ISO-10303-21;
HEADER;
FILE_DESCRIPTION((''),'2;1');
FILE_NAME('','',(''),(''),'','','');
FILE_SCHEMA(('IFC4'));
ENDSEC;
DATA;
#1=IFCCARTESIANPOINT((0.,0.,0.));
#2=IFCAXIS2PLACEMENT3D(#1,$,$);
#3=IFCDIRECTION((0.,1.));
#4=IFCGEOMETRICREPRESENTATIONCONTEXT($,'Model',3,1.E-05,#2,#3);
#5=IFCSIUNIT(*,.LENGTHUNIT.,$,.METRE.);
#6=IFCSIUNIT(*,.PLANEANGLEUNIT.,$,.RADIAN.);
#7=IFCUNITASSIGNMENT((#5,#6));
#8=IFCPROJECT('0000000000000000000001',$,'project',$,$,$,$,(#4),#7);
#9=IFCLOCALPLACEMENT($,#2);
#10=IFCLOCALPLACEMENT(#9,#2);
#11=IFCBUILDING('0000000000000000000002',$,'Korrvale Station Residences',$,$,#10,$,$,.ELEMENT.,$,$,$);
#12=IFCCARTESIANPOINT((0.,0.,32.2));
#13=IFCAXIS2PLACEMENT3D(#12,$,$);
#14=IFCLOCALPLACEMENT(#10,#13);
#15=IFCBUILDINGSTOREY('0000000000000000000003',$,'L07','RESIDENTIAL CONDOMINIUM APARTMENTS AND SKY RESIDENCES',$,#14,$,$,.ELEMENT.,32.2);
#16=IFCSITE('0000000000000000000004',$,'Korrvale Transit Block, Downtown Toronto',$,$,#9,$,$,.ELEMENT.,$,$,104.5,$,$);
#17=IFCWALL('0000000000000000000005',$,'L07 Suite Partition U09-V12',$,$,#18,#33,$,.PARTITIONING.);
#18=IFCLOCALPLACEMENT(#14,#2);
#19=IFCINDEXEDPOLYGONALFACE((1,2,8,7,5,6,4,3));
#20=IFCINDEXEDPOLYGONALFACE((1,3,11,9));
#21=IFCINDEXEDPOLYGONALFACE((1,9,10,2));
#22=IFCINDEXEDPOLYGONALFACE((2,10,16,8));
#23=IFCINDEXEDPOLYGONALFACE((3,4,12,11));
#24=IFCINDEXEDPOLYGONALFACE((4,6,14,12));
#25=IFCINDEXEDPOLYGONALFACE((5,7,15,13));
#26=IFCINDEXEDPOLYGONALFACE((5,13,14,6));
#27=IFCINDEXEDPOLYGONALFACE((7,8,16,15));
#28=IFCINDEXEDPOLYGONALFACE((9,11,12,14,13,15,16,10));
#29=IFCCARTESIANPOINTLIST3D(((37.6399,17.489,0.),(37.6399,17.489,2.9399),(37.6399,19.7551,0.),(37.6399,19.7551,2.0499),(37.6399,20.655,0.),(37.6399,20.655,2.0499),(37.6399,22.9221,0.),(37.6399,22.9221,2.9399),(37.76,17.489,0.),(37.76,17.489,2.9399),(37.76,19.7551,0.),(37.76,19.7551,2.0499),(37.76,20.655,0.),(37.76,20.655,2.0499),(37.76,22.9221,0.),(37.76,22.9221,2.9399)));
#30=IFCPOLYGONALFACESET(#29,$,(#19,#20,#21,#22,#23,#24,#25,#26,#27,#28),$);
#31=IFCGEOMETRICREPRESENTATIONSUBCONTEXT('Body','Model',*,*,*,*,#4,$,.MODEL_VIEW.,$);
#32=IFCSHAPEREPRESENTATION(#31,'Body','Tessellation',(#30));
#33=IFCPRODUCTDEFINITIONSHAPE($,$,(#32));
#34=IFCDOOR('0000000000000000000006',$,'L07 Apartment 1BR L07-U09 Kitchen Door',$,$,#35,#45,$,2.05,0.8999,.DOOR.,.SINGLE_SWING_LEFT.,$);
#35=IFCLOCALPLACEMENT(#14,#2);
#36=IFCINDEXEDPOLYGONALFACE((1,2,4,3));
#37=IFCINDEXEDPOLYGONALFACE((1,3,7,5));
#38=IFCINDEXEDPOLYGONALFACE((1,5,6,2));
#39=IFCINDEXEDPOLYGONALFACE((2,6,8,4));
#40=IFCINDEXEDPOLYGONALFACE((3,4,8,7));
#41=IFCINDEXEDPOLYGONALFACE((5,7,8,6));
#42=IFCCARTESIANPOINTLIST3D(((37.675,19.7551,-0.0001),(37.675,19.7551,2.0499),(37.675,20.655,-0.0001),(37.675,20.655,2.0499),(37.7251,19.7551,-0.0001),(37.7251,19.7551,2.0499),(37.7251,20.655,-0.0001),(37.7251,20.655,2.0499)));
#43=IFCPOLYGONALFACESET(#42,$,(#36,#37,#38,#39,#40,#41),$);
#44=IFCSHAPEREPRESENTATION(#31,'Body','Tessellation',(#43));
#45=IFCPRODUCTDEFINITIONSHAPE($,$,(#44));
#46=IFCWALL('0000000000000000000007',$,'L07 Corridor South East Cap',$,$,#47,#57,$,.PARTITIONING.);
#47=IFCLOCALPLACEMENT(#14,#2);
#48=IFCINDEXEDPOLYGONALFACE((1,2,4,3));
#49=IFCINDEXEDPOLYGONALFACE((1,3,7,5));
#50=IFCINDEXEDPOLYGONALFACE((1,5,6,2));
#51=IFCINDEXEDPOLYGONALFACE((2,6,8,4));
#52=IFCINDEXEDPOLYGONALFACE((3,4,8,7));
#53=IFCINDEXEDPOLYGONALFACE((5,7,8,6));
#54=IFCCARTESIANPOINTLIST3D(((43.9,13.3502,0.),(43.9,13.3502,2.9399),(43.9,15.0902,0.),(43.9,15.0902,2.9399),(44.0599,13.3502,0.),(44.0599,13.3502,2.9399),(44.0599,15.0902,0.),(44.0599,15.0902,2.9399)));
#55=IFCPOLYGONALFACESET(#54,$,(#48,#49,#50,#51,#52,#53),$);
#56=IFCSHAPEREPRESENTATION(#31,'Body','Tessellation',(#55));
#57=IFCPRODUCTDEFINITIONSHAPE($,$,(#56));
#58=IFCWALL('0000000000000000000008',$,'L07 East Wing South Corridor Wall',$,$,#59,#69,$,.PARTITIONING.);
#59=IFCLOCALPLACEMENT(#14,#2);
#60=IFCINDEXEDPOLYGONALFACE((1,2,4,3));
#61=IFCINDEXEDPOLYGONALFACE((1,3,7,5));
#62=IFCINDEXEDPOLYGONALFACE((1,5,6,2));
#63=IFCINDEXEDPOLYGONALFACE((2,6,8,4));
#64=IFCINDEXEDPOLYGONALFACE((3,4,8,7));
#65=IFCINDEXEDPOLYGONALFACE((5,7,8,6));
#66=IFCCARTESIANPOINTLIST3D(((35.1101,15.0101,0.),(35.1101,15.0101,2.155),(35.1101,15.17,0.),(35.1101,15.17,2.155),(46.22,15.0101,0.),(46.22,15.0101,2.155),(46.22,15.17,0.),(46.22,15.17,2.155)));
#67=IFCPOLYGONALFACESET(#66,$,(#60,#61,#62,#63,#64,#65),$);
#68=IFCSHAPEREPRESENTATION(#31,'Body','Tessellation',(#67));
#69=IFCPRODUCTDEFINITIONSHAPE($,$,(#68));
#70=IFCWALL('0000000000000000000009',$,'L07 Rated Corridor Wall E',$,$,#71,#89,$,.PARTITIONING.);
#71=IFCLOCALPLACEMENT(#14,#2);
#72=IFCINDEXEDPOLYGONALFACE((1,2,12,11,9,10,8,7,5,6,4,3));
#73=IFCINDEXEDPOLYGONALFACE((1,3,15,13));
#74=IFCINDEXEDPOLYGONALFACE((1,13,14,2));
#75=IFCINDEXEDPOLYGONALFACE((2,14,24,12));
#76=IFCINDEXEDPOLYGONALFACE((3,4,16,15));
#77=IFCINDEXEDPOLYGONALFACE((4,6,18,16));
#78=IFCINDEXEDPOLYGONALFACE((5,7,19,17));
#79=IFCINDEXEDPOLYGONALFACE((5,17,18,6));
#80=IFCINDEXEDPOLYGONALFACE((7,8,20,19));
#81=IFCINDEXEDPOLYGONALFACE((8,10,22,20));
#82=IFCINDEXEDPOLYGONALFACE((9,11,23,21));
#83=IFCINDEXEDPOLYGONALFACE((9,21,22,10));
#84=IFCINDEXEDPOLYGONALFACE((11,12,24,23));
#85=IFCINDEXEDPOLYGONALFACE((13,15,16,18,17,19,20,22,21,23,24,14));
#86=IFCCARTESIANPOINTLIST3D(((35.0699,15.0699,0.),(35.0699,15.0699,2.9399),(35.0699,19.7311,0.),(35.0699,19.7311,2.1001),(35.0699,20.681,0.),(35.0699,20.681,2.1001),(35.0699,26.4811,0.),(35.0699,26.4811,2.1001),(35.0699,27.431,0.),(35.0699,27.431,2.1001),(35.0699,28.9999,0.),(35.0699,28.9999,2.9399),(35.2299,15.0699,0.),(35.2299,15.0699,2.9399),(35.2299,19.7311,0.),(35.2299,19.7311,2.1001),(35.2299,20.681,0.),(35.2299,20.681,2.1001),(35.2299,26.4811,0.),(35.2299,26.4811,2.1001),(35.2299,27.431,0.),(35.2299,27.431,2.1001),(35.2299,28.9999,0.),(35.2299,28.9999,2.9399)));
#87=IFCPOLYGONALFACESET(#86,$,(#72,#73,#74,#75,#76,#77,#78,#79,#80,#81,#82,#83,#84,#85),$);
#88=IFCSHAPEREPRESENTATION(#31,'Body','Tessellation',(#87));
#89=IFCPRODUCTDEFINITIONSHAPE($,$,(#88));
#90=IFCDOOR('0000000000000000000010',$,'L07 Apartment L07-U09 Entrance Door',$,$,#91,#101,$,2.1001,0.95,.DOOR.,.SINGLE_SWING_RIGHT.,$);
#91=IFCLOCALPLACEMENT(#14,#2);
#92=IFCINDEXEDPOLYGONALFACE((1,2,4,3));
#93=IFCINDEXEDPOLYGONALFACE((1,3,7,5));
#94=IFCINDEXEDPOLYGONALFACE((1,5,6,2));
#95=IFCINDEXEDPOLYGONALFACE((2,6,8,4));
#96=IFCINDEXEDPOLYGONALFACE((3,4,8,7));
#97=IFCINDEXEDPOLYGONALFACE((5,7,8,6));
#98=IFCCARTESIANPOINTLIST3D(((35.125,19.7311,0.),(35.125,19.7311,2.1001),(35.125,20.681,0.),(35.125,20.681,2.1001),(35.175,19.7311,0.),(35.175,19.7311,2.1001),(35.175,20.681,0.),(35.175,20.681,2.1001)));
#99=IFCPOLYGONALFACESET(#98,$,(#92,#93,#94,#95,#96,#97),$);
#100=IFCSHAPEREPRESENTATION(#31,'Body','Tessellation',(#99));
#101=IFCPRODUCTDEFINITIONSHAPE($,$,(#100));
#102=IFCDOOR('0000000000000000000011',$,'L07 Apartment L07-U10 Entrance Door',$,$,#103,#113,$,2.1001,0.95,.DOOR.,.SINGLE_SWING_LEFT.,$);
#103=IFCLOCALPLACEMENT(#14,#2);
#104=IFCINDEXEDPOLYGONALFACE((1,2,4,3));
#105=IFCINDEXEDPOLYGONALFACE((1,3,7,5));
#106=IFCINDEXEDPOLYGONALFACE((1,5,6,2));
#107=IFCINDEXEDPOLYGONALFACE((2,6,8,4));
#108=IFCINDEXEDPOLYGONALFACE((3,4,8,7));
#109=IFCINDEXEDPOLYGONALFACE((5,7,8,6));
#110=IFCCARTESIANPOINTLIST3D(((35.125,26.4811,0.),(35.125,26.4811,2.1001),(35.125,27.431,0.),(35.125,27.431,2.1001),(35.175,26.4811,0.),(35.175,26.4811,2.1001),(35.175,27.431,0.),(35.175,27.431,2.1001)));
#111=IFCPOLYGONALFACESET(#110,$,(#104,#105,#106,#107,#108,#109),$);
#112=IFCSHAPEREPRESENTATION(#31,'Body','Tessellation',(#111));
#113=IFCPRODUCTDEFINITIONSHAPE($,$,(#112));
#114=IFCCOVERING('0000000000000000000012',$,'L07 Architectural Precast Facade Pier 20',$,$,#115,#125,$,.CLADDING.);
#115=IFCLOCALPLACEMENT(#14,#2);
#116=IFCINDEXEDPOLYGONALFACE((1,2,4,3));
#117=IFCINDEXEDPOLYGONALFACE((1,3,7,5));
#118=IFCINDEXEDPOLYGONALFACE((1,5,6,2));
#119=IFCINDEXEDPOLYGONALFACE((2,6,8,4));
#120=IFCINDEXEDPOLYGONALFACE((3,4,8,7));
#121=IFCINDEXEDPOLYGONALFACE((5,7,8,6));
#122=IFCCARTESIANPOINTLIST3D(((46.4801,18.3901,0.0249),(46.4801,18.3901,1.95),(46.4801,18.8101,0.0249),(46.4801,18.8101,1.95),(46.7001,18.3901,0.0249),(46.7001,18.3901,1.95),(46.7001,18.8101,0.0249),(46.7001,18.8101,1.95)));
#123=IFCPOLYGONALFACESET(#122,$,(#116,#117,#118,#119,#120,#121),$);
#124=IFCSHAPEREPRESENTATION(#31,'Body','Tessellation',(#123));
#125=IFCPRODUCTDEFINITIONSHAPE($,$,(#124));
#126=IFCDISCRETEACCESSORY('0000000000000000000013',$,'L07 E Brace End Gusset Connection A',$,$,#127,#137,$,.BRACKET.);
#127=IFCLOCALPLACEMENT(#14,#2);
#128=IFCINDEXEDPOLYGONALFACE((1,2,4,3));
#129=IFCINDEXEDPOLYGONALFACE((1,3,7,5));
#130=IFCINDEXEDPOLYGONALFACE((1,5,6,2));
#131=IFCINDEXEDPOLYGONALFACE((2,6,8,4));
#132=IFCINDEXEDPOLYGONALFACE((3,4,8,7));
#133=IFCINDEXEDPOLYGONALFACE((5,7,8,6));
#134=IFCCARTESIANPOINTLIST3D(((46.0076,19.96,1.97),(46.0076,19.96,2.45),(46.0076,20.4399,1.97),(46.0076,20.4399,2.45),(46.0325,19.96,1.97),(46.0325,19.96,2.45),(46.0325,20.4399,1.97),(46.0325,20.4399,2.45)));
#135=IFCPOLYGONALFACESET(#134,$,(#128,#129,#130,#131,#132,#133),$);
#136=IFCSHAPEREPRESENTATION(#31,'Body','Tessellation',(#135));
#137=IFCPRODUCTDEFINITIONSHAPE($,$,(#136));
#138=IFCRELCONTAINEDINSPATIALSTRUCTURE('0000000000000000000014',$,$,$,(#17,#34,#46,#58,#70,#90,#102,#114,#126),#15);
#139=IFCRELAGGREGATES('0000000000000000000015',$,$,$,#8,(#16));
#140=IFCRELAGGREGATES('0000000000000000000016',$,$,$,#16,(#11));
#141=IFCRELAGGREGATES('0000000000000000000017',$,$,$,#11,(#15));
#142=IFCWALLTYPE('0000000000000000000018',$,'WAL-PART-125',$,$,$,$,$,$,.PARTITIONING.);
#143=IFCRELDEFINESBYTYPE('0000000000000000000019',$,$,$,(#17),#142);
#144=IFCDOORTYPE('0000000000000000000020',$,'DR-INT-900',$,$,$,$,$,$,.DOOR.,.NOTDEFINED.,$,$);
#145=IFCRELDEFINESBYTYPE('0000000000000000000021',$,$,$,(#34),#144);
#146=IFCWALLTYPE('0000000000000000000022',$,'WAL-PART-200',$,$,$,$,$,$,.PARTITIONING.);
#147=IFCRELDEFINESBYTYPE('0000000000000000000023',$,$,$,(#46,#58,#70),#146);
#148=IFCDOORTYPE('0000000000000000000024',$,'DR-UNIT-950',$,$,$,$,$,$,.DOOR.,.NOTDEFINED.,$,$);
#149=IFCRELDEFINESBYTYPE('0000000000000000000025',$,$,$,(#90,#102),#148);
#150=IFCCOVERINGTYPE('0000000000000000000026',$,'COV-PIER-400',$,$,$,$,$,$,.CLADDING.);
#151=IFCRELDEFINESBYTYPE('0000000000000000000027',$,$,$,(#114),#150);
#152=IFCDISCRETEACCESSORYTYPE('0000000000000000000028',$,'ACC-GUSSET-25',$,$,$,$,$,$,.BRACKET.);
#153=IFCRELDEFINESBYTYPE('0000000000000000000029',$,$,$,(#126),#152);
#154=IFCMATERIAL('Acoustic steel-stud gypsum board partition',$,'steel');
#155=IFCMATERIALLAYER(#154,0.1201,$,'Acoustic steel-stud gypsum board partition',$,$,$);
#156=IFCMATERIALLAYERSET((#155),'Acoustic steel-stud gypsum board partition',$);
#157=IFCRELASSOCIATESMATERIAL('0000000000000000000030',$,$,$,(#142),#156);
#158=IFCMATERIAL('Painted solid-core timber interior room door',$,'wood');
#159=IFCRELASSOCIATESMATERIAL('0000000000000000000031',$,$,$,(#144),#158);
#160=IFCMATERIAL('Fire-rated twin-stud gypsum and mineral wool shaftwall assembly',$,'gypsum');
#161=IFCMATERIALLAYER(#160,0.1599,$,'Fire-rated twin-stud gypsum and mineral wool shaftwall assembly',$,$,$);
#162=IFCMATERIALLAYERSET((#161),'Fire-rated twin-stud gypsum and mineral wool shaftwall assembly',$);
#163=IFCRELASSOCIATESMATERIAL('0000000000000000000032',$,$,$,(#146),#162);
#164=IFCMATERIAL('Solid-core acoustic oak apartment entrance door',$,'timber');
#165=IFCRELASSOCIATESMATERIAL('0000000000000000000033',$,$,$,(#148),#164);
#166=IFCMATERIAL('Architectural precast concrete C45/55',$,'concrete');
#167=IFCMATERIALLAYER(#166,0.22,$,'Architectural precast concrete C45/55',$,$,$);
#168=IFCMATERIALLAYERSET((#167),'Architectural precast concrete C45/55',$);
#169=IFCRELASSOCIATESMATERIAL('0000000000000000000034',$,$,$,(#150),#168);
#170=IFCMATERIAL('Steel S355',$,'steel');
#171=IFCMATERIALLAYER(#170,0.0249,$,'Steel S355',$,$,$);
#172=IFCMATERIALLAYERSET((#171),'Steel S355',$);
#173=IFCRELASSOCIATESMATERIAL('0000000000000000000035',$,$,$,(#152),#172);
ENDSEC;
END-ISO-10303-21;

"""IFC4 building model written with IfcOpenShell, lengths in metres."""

from ifc_helpers import new_model, si_unit, direction, frame, frame_2d, origin, origin_2d, place, context, subcontext, project, spatial, rectangle, extrude, material, layer, layer_set, type_object, element, fill, save


model = new_model("IFC4")

# Units and contexts
model_context = context("Model", 3, precision=1e-05, world=origin(), true_north=direction((0.0, 1.0)))
body_context = subcontext(model_context, "Body", "Model", "MODEL_VIEW")
ifc_project = project(units=[si_unit("LENGTHUNIT", "METRE"), si_unit("PLANEANGLEUNIT", "RADIAN")], contexts=[model_context])

# Site, building, storey
site_placement = place(None, origin())
site = spatial("IfcSite", under=ifc_project, at=site_placement, Name="Korrvale Transit Block, Downtown Toronto", CompositionType="ELEMENT", RefElevation=104.5)
building_placement = place(site_placement, origin())
building = spatial("IfcBuilding", under=site, at=building_placement, Name="Korrvale Station Residences", CompositionType="ELEMENT")
storey_placement = place(building_placement, frame((0.0, 0.0, 32.2)))
storey = spatial("IfcBuildingStorey", under=building, at=storey_placement, Name="L07", Description="RESIDENTIAL CONDOMINIUM APARTMENTS AND SKY RESIDENCES", CompositionType="ELEMENT", Elevation=32.2)

# Shared definitions
ifc_material_1 = material(Name="Steel S355", Category="steel")

# Shared definitions
ifc_material_2 = material(Name="Acoustic steel-stud gypsum board partition", Category="steel")
ifc_layer_1 = layer(ifc_material_2, 0.1201, Name="Acoustic steel-stud gypsum board partition")
ifc_layer_set_1 = layer_set([ifc_layer_1], Name="Acoustic steel-stud gypsum board partition")
wall_type_1 = type_object("IfcWallType", Name="WAL-PART-125", PredefinedType="PARTITIONING", material=ifc_layer_set_1)

# Shared definitions
ifc_material_3 = material(Name="Painted solid-core timber interior room door", Category="wood")
door_type_1 = type_object("IfcDoorType", Name="DR-INT-900", OperationType="NOTDEFINED", PredefinedType="DOOR", material=ifc_material_3)

# Wall, opening, door
wall_1_placement = place(storey_placement, frame((37.7, 17.489, 0.0), z_axis=(0.0, 0.0, 1.0), x_axis=(0.0, 1.0, 0.0)))
wall_1 = element("IfcWall", 1, at=wall_1_placement, inside=storey, type_object=wall_type_1, Name="L07 Suite Partition U09-V12", PredefinedType="PARTITIONING", context=body_context, shape_type="SweptSolid", body=[
    extrude(rectangle(XDim=5.4331, YDim=0.1201, at=frame_2d((2.7166, 0.0))), origin(), (0.0, 0.0, 1.0), 2.9399),
])
opening_1_placement = place(wall_1_placement, frame((2.2661, 0.0, 0.0)))
opening_1 = element("IfcOpeningElement", 2, at=opening_1_placement, cuts=wall_1, PredefinedType="OPENING", context=body_context, shape_type="SweptSolid", body=[
    extrude(rectangle(XDim=0.8999, YDim=2.05, at=frame_2d((0.45, 1.0249))), frame((0.0, 0.0701, 0.0), z_axis=(0.0, -1.0, 0.0), x_axis=(1.0, 0.0, 0.0)), (0.0, 0.0, 1.0), 0.1401),
])
door_1_placement = place(opening_1_placement, origin())
door_1 = element("IfcDoor", 3, at=door_1_placement, inside=storey, type_object=door_type_1, Name="L07 Apartment 1BR L07-U09 Kitchen Door", OperationType="SINGLE_SWING_LEFT", OverallHeight=2.05, OverallWidth=0.8999, PredefinedType="DOOR", context=body_context, shape_type="SweptSolid", body=[
    extrude(rectangle(XDim=0.8999, YDim=2.05, at=frame_2d((0.45, 1.0249))), frame((0.0, 0.0249, 0.0), z_axis=(0.0, -1.0, 0.0), x_axis=(1.0, 0.0, 0.0)), (0.0, 0.0, 1.0), 0.05),
])
fill(opening_1, door_1)

# Walls
ifc_material_4 = material(Name="Fire-rated twin-stud gypsum and mineral wool shaftwall assembly", Category="gypsum")
ifc_layer_2 = layer(ifc_material_4, 0.1599, Name="Fire-rated twin-stud gypsum and mineral wool shaftwall assembly")
ifc_layer_set_2 = layer_set([ifc_layer_2], Name="Fire-rated twin-stud gypsum and mineral wool shaftwall assembly")
wall_type_2 = type_object("IfcWallType", Name="WAL-PART-200", PredefinedType="PARTITIONING", material=ifc_layer_set_2)
wall_2_placement = place(storey_placement, frame((43.98, 13.3501, 0.0), z_axis=(0.0, 0.0, 1.0), x_axis=(0.0, 1.0, 0.0)))
element("IfcWall", 4, at=wall_2_placement, inside=storey, type_object=wall_type_2, Name="L07 Corridor South East Cap", PredefinedType="PARTITIONING", context=body_context, shape_type="SweptSolid", body=[
    extrude(rectangle(XDim=1.74, YDim=0.1599, at=frame_2d((0.8701, 0.0))), origin(), (0.0, 0.0, 1.0), 2.9399),
])
wall_3_placement = place(storey_placement, frame((35.1101, 15.0901, 0.0), z_axis=(0.0, 0.0, 1.0), x_axis=(1.0, 0.0, 0.0)))
element("IfcWall", 5, at=wall_3_placement, inside=storey, type_object=wall_type_2, Name="L07 East Wing South Corridor Wall", PredefinedType="PARTITIONING", context=body_context, shape_type="SweptSolid", body=[
    extrude(rectangle(XDim=11.1099, YDim=0.1599, at=frame_2d((5.5549, 0.0))), origin(), (0.0, 0.0, 1.0), 2.155),
])

# Wall, openings, doors
wall_4_placement = place(storey_placement, frame((35.1499, 15.0701, 0.0), z_axis=(0.0, 0.0, 1.0), x_axis=(0.0, 1.0, 0.0)))
wall_4 = element("IfcWall", 6, at=wall_4_placement, inside=storey, type_object=wall_type_2, Name="L07 Rated Corridor Wall E", PredefinedType="PARTITIONING", context=body_context, shape_type="SweptSolid", body=[
    extrude(rectangle(XDim=13.9299, YDim=0.1599, at=frame_2d((6.9648, 0.0))), origin(), (0.0, 0.0, 1.0), 2.9399),
])
opening_2_placement = place(wall_4_placement, frame((4.6609, 0.0, 0.0)))
opening_2 = element("IfcOpeningElement", 7, at=opening_2_placement, cuts=wall_4, PredefinedType="OPENING", context=body_context, shape_type="SweptSolid", body=[
    extrude(rectangle(XDim=0.95, YDim=2.1001, at=frame_2d((0.4751, 1.05))), frame((0.0, 0.0898, 0.0), z_axis=(0.0, -1.0, 0.0), x_axis=(1.0, 0.0, 0.0)), (0.0, 0.0, 1.0), 0.1799),
])
opening_3_placement = place(wall_4_placement, frame((11.4109, 0.0, 0.0)))
opening_3 = element("IfcOpeningElement", 8, at=opening_3_placement, cuts=wall_4, PredefinedType="OPENING", context=body_context, shape_type="SweptSolid", body=[
    extrude(rectangle(XDim=0.95, YDim=2.1001, at=frame_2d((0.4751, 1.05))), frame((0.0, 0.0898, 0.0), z_axis=(0.0, -1.0, 0.0), x_axis=(1.0, 0.0, 0.0)), (0.0, 0.0, 1.0), 0.1799),
])
ifc_material_5 = material(Name="Solid-core acoustic oak apartment entrance door", Category="timber")
door_type_2 = type_object("IfcDoorType", Name="DR-UNIT-950", OperationType="NOTDEFINED", PredefinedType="DOOR", material=ifc_material_5)
door_2_placement = place(opening_2_placement, origin())
door_2 = element("IfcDoor", 9, at=door_2_placement, inside=storey, type_object=door_type_2, Name="L07 Apartment L07-U09 Entrance Door", OperationType="SINGLE_SWING_RIGHT", OverallHeight=2.1001, OverallWidth=0.95, PredefinedType="DOOR", context=body_context, shape_type="SweptSolid", body=[
    extrude(rectangle(XDim=0.95, YDim=2.1001, at=frame_2d((0.4751, 1.05))), frame((0.0, 0.0249, 0.0), z_axis=(0.0, -1.0, 0.0), x_axis=(1.0, 0.0, 0.0)), (0.0, 0.0, 1.0), 0.05),
])
fill(opening_2, door_2)
door_3_placement = place(opening_3_placement, origin())
door_3 = element("IfcDoor", 10, at=door_3_placement, inside=storey, type_object=door_type_2, Name="L07 Apartment L07-U10 Entrance Door", OperationType="SINGLE_SWING_LEFT", OverallHeight=2.1001, OverallWidth=0.95, PredefinedType="DOOR", context=body_context, shape_type="SweptSolid", body=[
    extrude(rectangle(XDim=0.95, YDim=2.1001, at=frame_2d((0.4751, 1.05))), frame((0.0, 0.0249, 0.0), z_axis=(0.0, -1.0, 0.0), x_axis=(1.0, 0.0, 0.0)), (0.0, 0.0, 1.0), 0.05),
])
fill(opening_3, door_3)

# Covering
ifc_material_6 = material(Name="Architectural precast concrete C45/55", Category="concrete")
ifc_layer_3 = layer(ifc_material_6, 0.22, Name="Architectural precast concrete C45/55")
ifc_layer_set_3 = layer_set([ifc_layer_3], Name="Architectural precast concrete C45/55")
covering_type = type_object("IfcCoveringType", Name="COV-PIER-400", PredefinedType="CLADDING", material=ifc_layer_set_3)
covering_placement = place(storey_placement, frame((46.5901, 18.6001, 0.0249), z_axis=(0.0, 0.0, 1.0), x_axis=(0.0, 1.0, 0.0)))
element("IfcCovering", 11, at=covering_placement, inside=storey, type_object=covering_type, Name="L07 Architectural Precast Facade Pier 20", PredefinedType="CLADDING", context=body_context, shape_type="SweptSolid", body=[
    extrude(rectangle(XDim=0.4199, YDim=0.22, at=origin_2d()), origin(), (0.0, 0.0, 1.0), 1.925),
])

# Discrete accessory
ifc_layer_4 = layer(ifc_material_1, 0.0249, Name="Steel S355")
ifc_layer_set_4 = layer_set([ifc_layer_4], Name="Steel S355")
discrete_accessory_type = type_object("IfcDiscreteAccessoryType", Name="ACC-GUSSET-25", PredefinedType="BRACKET", material=ifc_layer_set_4)
discrete_accessory_placement = place(storey_placement, frame((46.02, 20.2, 1.97), z_axis=(0.0, 0.0, 1.0), x_axis=(0.0, 1.0, 0.0)))
element("IfcDiscreteAccessory", 12, at=discrete_accessory_placement, inside=storey, type_object=discrete_accessory_type, Name="L07 E Brace End Gusset Connection A", PredefinedType="BRACKET", context=body_context, shape_type="SweptSolid", body=[
    extrude(rectangle(XDim=0.48, YDim=0.0249, at=origin_2d()), origin(), (0.0, 0.0, 1.0), 0.48),
])

save(model, "model.ifc")
